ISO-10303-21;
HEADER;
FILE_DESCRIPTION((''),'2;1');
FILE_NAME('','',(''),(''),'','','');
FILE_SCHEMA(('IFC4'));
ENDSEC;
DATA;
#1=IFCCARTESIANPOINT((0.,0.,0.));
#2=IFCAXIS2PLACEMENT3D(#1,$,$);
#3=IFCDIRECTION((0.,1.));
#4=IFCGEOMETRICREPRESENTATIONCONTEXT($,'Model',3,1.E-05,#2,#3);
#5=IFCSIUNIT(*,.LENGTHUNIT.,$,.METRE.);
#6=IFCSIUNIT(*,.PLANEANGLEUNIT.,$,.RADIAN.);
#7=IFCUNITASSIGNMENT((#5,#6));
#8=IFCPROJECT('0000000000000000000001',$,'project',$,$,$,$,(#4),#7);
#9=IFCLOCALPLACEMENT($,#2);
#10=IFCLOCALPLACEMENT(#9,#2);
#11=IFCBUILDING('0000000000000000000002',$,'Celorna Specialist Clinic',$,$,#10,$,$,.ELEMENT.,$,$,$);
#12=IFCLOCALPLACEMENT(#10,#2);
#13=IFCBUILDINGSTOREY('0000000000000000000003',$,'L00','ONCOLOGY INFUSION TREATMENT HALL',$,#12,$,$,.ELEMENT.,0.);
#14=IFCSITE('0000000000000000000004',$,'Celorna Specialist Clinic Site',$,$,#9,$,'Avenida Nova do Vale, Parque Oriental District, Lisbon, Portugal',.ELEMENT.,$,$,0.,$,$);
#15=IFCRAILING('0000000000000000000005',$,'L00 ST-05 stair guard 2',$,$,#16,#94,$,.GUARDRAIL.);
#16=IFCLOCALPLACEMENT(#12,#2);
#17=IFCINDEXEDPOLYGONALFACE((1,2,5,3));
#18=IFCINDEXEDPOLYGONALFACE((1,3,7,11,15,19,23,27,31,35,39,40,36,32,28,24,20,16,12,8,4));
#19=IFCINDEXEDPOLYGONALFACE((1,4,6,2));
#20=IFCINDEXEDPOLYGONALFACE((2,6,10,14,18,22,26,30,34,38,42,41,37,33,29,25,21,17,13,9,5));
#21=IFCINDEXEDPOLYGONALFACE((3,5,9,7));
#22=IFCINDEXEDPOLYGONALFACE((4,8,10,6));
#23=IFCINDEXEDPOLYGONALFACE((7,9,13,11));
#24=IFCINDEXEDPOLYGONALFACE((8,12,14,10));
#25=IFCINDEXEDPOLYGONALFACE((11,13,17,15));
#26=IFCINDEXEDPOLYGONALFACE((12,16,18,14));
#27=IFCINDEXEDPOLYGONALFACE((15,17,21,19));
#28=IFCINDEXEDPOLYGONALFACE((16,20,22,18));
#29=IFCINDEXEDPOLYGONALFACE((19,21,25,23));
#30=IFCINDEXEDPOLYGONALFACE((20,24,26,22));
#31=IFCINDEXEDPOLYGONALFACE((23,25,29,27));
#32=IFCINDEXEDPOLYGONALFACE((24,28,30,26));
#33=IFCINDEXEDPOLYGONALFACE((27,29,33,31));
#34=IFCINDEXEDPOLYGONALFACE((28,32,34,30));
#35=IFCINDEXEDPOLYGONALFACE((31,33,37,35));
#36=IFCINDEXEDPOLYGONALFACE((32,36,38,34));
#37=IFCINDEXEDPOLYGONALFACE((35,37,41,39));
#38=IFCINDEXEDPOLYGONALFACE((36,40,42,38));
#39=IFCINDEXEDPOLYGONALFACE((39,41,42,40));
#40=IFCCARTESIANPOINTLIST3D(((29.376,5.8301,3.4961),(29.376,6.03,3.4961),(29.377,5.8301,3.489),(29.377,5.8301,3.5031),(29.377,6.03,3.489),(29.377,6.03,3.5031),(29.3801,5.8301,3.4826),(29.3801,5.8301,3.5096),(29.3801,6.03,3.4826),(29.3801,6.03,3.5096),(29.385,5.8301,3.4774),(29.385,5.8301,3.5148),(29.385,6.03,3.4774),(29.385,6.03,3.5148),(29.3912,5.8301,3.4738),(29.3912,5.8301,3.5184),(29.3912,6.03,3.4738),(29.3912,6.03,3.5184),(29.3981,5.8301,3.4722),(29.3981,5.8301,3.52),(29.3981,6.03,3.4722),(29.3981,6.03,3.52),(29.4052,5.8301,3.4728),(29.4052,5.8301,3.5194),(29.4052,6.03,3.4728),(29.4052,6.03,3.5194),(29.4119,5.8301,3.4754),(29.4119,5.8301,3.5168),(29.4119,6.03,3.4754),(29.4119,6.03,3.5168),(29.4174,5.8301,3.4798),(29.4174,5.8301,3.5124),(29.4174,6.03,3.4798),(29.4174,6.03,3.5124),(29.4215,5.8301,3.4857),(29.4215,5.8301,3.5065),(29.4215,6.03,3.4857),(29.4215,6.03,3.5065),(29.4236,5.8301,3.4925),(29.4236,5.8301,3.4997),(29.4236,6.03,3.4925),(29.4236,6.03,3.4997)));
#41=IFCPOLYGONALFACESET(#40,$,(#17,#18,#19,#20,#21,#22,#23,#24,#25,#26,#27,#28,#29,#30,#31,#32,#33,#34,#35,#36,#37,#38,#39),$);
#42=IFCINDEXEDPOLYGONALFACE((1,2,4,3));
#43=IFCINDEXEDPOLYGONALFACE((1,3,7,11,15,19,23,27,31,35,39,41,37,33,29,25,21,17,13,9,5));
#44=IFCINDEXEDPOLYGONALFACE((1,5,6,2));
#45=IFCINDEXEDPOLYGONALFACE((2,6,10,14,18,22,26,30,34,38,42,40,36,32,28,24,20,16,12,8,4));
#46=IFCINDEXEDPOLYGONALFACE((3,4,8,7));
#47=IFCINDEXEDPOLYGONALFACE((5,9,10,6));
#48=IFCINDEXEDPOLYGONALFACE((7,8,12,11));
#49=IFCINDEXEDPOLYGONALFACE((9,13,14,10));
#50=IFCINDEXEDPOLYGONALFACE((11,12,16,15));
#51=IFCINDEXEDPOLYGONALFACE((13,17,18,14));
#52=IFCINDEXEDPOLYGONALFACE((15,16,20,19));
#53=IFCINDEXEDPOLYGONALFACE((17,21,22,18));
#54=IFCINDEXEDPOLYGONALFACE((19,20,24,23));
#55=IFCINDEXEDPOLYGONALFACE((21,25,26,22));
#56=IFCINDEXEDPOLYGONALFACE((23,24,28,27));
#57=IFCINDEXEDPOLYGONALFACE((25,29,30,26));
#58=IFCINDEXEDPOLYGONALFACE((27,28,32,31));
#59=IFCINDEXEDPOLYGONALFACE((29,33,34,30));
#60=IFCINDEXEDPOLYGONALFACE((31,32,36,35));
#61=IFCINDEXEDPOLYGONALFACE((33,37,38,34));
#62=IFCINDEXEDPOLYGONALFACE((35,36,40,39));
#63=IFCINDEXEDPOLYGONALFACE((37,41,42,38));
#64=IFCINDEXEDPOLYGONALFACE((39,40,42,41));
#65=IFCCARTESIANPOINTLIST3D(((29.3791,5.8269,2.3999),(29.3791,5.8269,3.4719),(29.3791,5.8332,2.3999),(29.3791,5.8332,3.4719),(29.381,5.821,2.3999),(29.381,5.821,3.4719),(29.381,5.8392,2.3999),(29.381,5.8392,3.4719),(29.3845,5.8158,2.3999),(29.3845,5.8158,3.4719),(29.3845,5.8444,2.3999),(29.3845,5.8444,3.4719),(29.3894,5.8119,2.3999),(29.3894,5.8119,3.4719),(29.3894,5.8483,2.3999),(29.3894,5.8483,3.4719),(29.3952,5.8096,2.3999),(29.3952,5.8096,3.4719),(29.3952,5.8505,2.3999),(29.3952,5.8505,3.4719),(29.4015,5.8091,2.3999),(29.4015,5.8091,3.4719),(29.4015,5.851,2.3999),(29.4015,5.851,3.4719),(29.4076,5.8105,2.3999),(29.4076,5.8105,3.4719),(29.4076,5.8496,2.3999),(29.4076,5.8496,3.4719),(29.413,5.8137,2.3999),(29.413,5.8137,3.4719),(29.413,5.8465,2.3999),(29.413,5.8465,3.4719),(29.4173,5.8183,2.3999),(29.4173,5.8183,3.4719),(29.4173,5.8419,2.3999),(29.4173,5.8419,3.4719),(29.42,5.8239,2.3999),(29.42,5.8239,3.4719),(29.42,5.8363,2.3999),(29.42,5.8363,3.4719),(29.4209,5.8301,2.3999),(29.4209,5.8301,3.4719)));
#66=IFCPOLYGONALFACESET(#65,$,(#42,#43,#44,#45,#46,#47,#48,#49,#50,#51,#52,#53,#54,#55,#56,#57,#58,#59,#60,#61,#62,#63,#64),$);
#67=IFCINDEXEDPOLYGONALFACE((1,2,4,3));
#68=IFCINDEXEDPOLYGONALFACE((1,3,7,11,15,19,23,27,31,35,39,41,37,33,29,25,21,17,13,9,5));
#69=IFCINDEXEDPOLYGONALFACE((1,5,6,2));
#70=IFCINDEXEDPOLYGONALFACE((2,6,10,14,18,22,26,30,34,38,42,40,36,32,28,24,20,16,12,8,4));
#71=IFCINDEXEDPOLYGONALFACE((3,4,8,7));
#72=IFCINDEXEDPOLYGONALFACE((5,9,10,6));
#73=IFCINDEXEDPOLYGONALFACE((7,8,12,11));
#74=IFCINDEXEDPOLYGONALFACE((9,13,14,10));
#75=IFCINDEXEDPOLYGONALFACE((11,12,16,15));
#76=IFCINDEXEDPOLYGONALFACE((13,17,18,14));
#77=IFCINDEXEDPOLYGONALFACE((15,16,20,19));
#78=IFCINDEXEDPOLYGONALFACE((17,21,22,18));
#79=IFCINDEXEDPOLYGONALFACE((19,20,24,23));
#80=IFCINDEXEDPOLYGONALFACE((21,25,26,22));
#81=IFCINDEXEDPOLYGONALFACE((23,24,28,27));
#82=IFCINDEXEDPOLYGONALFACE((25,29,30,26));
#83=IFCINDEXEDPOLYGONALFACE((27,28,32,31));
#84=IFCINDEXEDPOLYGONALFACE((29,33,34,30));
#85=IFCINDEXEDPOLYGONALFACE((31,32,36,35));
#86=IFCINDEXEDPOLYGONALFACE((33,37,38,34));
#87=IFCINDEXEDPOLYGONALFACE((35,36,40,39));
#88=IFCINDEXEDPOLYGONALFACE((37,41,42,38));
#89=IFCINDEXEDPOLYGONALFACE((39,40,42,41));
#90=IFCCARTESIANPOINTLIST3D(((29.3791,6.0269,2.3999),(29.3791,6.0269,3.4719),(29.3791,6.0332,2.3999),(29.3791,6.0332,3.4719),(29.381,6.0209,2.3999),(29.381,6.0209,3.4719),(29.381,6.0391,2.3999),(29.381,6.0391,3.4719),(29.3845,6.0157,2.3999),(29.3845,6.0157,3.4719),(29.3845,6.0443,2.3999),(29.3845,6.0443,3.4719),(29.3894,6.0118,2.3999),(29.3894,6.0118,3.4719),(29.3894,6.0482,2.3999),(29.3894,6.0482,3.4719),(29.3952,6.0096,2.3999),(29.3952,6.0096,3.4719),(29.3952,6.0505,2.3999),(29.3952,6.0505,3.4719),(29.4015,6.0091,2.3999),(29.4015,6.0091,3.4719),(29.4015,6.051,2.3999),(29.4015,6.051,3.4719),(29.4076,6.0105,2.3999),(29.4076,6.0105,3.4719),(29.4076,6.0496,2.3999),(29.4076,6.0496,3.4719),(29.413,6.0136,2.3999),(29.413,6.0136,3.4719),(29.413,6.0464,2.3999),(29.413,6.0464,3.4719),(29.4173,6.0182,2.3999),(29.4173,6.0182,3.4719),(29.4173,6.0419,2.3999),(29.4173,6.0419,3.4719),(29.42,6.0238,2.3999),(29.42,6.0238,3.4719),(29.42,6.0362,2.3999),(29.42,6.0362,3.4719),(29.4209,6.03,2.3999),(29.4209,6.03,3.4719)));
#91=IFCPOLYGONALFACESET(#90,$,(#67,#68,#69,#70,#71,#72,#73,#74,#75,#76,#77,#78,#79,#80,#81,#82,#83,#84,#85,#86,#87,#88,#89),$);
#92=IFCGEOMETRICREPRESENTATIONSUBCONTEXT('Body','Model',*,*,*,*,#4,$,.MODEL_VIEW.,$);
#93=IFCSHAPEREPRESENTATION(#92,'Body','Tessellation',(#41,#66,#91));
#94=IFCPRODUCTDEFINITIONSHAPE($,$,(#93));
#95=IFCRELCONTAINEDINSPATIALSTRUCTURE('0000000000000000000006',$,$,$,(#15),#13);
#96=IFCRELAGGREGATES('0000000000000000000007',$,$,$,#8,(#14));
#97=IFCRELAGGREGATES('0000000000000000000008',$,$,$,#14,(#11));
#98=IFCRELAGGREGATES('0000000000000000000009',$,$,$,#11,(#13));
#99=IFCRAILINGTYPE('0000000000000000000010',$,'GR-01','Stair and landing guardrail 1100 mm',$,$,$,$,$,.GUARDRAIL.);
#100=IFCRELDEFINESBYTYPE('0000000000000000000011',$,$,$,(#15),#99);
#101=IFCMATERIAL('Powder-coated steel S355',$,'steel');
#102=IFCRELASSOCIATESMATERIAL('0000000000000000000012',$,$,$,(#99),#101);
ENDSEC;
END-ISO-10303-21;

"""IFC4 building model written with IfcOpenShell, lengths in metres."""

from ifc_helpers import new_model, si_unit, direction, frame, origin, origin_2d, place, context, subcontext, project, spatial, circle, extrude, material, type_object, element, save


model = new_model("IFC4")

# Units and contexts
model_context = context("Model", 3, precision=1e-05, world=origin(), true_north=direction((0.0, 1.0)))
body_context = subcontext(model_context, "Body", "Model", "MODEL_VIEW")
ifc_project = project(units=[si_unit("LENGTHUNIT", "METRE"), si_unit("PLANEANGLEUNIT", "RADIAN")], contexts=[model_context])

# Site, building, storey
site_placement = place(None, origin())
site = spatial("IfcSite", under=ifc_project, at=site_placement, Name="Celorna Specialist Clinic Site", LongName="Avenida Nova do Vale, Parque Oriental District, Lisbon, Portugal", CompositionType="ELEMENT", RefElevation=0.0)
building_placement = place(site_placement, origin())
building = spatial("IfcBuilding", under=site, at=building_placement, Name="Celorna Specialist Clinic", CompositionType="ELEMENT")
storey_placement = place(building_placement, origin())
storey = spatial("IfcBuildingStorey", under=building, at=storey_placement, Name="L00", Description="ONCOLOGY INFUSION TREATMENT HALL", CompositionType="ELEMENT", Elevation=0.0)

# Railing
ifc_material_1 = material(Name="Powder-coated steel S355", Category="steel")
railing_type_1 = type_object("IfcRailingType", Name="GR-01", Description="Stair and landing guardrail 1100 mm", PredefinedType="GUARDRAIL", material=ifc_material_1)
railing_1_placement = place(storey_placement, frame((29.3999, 5.8301, 2.3999)))
element("IfcRailing", 1, at=railing_1_placement, inside=storey, type_object=railing_type_1, Name="L00 ST-05 stair guard 2", PredefinedType="GUARDRAIL", context=body_context, shape_type="SweptSolid", body=[
    extrude(circle(Radius=0.0239, at=origin_2d()), frame((0.0, 0.0, 1.0962), z_axis=(0.0, 1.0, 0.0), x_axis=(-1.0, 0.0, 0.0)), (0.0, 0.0, 1.0), 0.2),
    extrude(circle(Radius=0.021, at=origin_2d()), origin(), (0.0, 0.0, 1.0), 1.072),
    extrude(circle(Radius=0.021, at=origin_2d()), frame((0.0, 0.2, 0.0)), (0.0, 0.0, 1.0), 1.072),
])

save(model, "model.ifc")
